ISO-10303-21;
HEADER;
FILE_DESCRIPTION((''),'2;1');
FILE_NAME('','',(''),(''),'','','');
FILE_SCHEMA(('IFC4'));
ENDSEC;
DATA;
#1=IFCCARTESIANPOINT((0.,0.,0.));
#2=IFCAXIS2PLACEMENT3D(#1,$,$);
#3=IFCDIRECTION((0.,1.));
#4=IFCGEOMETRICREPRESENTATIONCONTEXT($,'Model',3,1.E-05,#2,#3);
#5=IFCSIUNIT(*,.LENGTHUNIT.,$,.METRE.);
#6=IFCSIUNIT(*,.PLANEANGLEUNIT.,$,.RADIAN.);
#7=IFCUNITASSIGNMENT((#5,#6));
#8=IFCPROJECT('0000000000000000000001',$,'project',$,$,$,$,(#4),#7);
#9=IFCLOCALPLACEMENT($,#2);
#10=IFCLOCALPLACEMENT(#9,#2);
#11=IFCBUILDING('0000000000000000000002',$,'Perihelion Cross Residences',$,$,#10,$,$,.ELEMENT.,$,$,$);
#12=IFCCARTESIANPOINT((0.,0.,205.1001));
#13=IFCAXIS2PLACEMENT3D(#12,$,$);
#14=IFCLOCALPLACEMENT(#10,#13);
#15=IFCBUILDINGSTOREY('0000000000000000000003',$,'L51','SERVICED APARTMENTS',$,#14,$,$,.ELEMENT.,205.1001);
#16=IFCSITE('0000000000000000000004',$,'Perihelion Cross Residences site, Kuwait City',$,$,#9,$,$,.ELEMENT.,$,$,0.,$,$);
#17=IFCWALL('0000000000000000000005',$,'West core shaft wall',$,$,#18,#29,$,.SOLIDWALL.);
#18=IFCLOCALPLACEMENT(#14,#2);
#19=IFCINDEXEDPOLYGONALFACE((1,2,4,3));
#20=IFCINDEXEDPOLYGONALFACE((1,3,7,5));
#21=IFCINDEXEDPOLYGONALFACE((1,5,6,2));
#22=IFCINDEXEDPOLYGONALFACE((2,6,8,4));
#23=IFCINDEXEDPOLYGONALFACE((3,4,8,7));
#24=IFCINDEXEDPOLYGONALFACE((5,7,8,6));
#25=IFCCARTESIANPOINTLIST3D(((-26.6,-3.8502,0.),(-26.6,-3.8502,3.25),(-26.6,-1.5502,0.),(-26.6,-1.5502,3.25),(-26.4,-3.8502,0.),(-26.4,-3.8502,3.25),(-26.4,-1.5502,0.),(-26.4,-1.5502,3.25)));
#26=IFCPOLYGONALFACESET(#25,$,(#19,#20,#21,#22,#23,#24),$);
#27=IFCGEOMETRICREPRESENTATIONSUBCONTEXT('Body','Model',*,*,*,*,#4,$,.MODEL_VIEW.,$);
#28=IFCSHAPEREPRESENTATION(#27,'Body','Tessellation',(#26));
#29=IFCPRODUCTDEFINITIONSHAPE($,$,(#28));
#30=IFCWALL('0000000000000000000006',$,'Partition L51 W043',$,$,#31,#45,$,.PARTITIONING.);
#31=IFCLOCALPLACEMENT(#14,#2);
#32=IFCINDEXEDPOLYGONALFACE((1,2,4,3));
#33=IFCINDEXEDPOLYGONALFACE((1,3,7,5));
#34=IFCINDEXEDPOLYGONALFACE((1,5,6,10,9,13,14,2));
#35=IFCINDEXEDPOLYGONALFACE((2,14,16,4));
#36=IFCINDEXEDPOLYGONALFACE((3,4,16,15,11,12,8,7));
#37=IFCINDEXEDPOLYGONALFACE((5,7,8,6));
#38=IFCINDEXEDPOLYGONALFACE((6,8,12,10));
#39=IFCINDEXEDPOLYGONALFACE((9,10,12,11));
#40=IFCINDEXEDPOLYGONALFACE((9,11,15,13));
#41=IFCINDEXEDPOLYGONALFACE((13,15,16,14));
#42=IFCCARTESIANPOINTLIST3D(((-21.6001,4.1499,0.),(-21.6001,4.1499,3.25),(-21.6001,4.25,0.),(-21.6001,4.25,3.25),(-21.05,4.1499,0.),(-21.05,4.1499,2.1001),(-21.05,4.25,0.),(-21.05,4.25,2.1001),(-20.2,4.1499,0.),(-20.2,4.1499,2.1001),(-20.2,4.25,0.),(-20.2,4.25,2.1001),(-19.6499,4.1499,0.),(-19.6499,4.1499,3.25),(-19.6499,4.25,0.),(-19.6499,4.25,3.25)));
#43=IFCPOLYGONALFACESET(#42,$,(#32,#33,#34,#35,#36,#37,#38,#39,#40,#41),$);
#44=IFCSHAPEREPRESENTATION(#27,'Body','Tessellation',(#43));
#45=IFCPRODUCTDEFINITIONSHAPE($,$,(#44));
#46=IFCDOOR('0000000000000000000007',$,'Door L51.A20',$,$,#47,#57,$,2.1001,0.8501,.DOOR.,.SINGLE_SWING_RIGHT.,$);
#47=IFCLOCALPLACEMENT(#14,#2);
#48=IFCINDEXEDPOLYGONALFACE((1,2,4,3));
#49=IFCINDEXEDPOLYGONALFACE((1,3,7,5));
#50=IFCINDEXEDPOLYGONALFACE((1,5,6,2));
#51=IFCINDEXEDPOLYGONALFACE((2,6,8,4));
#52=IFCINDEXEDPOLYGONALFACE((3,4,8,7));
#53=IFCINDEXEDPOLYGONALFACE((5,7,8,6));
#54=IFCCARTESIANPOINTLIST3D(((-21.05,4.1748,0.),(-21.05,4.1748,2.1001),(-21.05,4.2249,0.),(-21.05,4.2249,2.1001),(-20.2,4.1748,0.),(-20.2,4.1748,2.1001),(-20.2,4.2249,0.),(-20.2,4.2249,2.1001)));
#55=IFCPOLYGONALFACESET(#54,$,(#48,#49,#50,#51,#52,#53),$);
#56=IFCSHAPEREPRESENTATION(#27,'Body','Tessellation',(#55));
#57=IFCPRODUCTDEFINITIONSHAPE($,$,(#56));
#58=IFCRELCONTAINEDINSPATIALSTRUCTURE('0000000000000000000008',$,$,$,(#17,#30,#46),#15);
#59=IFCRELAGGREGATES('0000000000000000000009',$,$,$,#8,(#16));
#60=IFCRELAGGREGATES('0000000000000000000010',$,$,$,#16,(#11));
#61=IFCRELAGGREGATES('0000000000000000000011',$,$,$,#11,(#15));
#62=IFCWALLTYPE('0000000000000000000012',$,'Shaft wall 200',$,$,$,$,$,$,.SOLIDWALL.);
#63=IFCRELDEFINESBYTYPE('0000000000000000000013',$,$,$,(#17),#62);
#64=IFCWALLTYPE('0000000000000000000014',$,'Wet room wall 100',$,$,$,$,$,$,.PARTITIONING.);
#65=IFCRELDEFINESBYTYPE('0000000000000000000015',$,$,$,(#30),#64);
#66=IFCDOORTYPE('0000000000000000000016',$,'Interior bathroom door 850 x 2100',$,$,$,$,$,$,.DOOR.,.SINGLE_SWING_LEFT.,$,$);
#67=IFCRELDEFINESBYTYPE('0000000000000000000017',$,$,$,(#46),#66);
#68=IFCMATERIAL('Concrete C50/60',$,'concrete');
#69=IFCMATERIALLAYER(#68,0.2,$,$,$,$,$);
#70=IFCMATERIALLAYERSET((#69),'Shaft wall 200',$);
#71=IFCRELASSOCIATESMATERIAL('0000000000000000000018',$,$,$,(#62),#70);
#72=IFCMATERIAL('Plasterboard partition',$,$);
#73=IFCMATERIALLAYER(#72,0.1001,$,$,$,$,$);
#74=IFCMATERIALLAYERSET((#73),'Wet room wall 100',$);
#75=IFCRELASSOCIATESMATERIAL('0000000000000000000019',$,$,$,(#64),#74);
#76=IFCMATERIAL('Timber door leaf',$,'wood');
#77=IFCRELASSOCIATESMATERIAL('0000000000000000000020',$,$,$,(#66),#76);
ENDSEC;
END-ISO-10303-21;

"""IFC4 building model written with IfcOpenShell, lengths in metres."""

from ifc_helpers import new_model, si_unit, direction, frame, frame_2d, origin, place, context, subcontext, project, spatial, rectangle, extrude, material, layer, layer_set, type_object, element, fill, save


model = new_model("IFC4")

# Units and contexts
model_context = context("Model", 3, precision=1e-05, world=origin(), true_north=direction((0.0, 1.0)))
body_context = subcontext(model_context, "Body", "Model", "MODEL_VIEW")
ifc_project = project(units=[si_unit("LENGTHUNIT", "METRE"), si_unit("PLANEANGLEUNIT", "RADIAN")], contexts=[model_context])

# Site, building, storey
site_placement = place(None, origin())
site = spatial("IfcSite", under=ifc_project, at=site_placement, Name="Perihelion Cross Residences site, Kuwait City", CompositionType="ELEMENT", RefElevation=0.0)
building_placement = place(site_placement, origin())
building = spatial("IfcBuilding", under=site, at=building_placement, Name="Perihelion Cross Residences", CompositionType="ELEMENT")
storey_placement = place(building_placement, frame((0.0, 0.0, 205.1001)))
storey = spatial("IfcBuildingStorey", under=building, at=storey_placement, Name="L51", Description="SERVICED APARTMENTS", CompositionType="ELEMENT", Elevation=205.1001)

# Shared definitions
ifc_material_1 = material(Name="Concrete C50/60", Category="concrete")
ifc_layer_1 = layer(ifc_material_1, 0.2)
ifc_layer_set_1 = layer_set([ifc_layer_1], Name="Shaft wall 200")
wall_type_1 = type_object("IfcWallType", Name="Shaft wall 200", PredefinedType="SOLIDWALL", material=ifc_layer_set_1)

# Wall
for number, where, z_axis, x_axis, name in (
    (1, (-26.5, -3.8501, 0.0), (0.0, 0.0, 1.0), (0.0, 1.0, 0.0), "West core shaft wall"),
):
    element("IfcWall", number, at=place(storey_placement, frame(where, z_axis=z_axis, x_axis=x_axis)), inside=storey, type_object=wall_type_1, Name=name, PredefinedType="SOLIDWALL", context=body_context, shape_type="SweptSolid", body=[
        extrude(rectangle(XDim=2.3, YDim=0.2, at=frame_2d((1.1499, 0.0))), origin(), (0.0, 0.0, 1.0), 3.25),
    ])

# Wall, opening, door
ifc_material_2 = material(Name="Plasterboard partition")
ifc_layer_2 = layer(ifc_material_2, 0.1001)
ifc_layer_set_2 = layer_set([ifc_layer_2], Name="Wet room wall 100")
wall_type_2 = type_object("IfcWallType", Name="Wet room wall 100", PredefinedType="PARTITIONING", material=ifc_layer_set_2)
wall_1_placement = place(storey_placement, frame((-21.6001, 4.2, 0.0), z_axis=(0.0, 0.0, 1.0), x_axis=(1.0, 0.0, 0.0)))
wall_1 = element("IfcWall", 2, at=wall_1_placement, inside=storey, type_object=wall_type_2, Name="Partition L51 W043", PredefinedType="PARTITIONING", context=body_context, shape_type="SweptSolid", body=[
    extrude(rectangle(XDim=1.9502, YDim=0.1001, at=frame_2d((0.9751, 0.0))), origin(), (0.0, 0.0, 1.0), 3.25),
])
opening_1_placement = place(wall_1_placement, frame((0.55, 0.0, 0.0)))
opening_1 = element("IfcOpeningElement", 3, at=opening_1_placement, cuts=wall_1, PredefinedType="OPENING", context=body_context, shape_type="SweptSolid", body=[
    extrude(rectangle(XDim=0.8501, YDim=2.1001, at=frame_2d((0.425, 1.05))), frame((0.0, 0.0601, 0.0), z_axis=(0.0, -1.0, 0.0), x_axis=(1.0, 0.0, 0.0)), (0.0, 0.0, 1.0), 0.1201),
])
ifc_material_3 = material(Name="Timber door leaf", Category="wood")
door_type_1 = type_object("IfcDoorType", Name="Interior bathroom door 850 x 2100", OperationType="SINGLE_SWING_LEFT", PredefinedType="DOOR", material=ifc_material_3)
door_1_placement = place(opening_1_placement, origin())
door_1 = element("IfcDoor", 4, at=door_1_placement, inside=storey, type_object=door_type_1, Name="Door L51.A20", OperationType="SINGLE_SWING_RIGHT", OverallHeight=2.1001, OverallWidth=0.8501, PredefinedType="DOOR", context=body_context, shape_type="SweptSolid", body=[
    extrude(rectangle(XDim=0.8501, YDim=2.1001, at=frame_2d((0.425, 1.05))), frame((0.0, 0.0249, 0.0), z_axis=(0.0, -1.0, 0.0), x_axis=(1.0, 0.0, 0.0)), (0.0, 0.0, 1.0), 0.05),
])
fill(opening_1, door_1)

save(model, "model.ifc")
